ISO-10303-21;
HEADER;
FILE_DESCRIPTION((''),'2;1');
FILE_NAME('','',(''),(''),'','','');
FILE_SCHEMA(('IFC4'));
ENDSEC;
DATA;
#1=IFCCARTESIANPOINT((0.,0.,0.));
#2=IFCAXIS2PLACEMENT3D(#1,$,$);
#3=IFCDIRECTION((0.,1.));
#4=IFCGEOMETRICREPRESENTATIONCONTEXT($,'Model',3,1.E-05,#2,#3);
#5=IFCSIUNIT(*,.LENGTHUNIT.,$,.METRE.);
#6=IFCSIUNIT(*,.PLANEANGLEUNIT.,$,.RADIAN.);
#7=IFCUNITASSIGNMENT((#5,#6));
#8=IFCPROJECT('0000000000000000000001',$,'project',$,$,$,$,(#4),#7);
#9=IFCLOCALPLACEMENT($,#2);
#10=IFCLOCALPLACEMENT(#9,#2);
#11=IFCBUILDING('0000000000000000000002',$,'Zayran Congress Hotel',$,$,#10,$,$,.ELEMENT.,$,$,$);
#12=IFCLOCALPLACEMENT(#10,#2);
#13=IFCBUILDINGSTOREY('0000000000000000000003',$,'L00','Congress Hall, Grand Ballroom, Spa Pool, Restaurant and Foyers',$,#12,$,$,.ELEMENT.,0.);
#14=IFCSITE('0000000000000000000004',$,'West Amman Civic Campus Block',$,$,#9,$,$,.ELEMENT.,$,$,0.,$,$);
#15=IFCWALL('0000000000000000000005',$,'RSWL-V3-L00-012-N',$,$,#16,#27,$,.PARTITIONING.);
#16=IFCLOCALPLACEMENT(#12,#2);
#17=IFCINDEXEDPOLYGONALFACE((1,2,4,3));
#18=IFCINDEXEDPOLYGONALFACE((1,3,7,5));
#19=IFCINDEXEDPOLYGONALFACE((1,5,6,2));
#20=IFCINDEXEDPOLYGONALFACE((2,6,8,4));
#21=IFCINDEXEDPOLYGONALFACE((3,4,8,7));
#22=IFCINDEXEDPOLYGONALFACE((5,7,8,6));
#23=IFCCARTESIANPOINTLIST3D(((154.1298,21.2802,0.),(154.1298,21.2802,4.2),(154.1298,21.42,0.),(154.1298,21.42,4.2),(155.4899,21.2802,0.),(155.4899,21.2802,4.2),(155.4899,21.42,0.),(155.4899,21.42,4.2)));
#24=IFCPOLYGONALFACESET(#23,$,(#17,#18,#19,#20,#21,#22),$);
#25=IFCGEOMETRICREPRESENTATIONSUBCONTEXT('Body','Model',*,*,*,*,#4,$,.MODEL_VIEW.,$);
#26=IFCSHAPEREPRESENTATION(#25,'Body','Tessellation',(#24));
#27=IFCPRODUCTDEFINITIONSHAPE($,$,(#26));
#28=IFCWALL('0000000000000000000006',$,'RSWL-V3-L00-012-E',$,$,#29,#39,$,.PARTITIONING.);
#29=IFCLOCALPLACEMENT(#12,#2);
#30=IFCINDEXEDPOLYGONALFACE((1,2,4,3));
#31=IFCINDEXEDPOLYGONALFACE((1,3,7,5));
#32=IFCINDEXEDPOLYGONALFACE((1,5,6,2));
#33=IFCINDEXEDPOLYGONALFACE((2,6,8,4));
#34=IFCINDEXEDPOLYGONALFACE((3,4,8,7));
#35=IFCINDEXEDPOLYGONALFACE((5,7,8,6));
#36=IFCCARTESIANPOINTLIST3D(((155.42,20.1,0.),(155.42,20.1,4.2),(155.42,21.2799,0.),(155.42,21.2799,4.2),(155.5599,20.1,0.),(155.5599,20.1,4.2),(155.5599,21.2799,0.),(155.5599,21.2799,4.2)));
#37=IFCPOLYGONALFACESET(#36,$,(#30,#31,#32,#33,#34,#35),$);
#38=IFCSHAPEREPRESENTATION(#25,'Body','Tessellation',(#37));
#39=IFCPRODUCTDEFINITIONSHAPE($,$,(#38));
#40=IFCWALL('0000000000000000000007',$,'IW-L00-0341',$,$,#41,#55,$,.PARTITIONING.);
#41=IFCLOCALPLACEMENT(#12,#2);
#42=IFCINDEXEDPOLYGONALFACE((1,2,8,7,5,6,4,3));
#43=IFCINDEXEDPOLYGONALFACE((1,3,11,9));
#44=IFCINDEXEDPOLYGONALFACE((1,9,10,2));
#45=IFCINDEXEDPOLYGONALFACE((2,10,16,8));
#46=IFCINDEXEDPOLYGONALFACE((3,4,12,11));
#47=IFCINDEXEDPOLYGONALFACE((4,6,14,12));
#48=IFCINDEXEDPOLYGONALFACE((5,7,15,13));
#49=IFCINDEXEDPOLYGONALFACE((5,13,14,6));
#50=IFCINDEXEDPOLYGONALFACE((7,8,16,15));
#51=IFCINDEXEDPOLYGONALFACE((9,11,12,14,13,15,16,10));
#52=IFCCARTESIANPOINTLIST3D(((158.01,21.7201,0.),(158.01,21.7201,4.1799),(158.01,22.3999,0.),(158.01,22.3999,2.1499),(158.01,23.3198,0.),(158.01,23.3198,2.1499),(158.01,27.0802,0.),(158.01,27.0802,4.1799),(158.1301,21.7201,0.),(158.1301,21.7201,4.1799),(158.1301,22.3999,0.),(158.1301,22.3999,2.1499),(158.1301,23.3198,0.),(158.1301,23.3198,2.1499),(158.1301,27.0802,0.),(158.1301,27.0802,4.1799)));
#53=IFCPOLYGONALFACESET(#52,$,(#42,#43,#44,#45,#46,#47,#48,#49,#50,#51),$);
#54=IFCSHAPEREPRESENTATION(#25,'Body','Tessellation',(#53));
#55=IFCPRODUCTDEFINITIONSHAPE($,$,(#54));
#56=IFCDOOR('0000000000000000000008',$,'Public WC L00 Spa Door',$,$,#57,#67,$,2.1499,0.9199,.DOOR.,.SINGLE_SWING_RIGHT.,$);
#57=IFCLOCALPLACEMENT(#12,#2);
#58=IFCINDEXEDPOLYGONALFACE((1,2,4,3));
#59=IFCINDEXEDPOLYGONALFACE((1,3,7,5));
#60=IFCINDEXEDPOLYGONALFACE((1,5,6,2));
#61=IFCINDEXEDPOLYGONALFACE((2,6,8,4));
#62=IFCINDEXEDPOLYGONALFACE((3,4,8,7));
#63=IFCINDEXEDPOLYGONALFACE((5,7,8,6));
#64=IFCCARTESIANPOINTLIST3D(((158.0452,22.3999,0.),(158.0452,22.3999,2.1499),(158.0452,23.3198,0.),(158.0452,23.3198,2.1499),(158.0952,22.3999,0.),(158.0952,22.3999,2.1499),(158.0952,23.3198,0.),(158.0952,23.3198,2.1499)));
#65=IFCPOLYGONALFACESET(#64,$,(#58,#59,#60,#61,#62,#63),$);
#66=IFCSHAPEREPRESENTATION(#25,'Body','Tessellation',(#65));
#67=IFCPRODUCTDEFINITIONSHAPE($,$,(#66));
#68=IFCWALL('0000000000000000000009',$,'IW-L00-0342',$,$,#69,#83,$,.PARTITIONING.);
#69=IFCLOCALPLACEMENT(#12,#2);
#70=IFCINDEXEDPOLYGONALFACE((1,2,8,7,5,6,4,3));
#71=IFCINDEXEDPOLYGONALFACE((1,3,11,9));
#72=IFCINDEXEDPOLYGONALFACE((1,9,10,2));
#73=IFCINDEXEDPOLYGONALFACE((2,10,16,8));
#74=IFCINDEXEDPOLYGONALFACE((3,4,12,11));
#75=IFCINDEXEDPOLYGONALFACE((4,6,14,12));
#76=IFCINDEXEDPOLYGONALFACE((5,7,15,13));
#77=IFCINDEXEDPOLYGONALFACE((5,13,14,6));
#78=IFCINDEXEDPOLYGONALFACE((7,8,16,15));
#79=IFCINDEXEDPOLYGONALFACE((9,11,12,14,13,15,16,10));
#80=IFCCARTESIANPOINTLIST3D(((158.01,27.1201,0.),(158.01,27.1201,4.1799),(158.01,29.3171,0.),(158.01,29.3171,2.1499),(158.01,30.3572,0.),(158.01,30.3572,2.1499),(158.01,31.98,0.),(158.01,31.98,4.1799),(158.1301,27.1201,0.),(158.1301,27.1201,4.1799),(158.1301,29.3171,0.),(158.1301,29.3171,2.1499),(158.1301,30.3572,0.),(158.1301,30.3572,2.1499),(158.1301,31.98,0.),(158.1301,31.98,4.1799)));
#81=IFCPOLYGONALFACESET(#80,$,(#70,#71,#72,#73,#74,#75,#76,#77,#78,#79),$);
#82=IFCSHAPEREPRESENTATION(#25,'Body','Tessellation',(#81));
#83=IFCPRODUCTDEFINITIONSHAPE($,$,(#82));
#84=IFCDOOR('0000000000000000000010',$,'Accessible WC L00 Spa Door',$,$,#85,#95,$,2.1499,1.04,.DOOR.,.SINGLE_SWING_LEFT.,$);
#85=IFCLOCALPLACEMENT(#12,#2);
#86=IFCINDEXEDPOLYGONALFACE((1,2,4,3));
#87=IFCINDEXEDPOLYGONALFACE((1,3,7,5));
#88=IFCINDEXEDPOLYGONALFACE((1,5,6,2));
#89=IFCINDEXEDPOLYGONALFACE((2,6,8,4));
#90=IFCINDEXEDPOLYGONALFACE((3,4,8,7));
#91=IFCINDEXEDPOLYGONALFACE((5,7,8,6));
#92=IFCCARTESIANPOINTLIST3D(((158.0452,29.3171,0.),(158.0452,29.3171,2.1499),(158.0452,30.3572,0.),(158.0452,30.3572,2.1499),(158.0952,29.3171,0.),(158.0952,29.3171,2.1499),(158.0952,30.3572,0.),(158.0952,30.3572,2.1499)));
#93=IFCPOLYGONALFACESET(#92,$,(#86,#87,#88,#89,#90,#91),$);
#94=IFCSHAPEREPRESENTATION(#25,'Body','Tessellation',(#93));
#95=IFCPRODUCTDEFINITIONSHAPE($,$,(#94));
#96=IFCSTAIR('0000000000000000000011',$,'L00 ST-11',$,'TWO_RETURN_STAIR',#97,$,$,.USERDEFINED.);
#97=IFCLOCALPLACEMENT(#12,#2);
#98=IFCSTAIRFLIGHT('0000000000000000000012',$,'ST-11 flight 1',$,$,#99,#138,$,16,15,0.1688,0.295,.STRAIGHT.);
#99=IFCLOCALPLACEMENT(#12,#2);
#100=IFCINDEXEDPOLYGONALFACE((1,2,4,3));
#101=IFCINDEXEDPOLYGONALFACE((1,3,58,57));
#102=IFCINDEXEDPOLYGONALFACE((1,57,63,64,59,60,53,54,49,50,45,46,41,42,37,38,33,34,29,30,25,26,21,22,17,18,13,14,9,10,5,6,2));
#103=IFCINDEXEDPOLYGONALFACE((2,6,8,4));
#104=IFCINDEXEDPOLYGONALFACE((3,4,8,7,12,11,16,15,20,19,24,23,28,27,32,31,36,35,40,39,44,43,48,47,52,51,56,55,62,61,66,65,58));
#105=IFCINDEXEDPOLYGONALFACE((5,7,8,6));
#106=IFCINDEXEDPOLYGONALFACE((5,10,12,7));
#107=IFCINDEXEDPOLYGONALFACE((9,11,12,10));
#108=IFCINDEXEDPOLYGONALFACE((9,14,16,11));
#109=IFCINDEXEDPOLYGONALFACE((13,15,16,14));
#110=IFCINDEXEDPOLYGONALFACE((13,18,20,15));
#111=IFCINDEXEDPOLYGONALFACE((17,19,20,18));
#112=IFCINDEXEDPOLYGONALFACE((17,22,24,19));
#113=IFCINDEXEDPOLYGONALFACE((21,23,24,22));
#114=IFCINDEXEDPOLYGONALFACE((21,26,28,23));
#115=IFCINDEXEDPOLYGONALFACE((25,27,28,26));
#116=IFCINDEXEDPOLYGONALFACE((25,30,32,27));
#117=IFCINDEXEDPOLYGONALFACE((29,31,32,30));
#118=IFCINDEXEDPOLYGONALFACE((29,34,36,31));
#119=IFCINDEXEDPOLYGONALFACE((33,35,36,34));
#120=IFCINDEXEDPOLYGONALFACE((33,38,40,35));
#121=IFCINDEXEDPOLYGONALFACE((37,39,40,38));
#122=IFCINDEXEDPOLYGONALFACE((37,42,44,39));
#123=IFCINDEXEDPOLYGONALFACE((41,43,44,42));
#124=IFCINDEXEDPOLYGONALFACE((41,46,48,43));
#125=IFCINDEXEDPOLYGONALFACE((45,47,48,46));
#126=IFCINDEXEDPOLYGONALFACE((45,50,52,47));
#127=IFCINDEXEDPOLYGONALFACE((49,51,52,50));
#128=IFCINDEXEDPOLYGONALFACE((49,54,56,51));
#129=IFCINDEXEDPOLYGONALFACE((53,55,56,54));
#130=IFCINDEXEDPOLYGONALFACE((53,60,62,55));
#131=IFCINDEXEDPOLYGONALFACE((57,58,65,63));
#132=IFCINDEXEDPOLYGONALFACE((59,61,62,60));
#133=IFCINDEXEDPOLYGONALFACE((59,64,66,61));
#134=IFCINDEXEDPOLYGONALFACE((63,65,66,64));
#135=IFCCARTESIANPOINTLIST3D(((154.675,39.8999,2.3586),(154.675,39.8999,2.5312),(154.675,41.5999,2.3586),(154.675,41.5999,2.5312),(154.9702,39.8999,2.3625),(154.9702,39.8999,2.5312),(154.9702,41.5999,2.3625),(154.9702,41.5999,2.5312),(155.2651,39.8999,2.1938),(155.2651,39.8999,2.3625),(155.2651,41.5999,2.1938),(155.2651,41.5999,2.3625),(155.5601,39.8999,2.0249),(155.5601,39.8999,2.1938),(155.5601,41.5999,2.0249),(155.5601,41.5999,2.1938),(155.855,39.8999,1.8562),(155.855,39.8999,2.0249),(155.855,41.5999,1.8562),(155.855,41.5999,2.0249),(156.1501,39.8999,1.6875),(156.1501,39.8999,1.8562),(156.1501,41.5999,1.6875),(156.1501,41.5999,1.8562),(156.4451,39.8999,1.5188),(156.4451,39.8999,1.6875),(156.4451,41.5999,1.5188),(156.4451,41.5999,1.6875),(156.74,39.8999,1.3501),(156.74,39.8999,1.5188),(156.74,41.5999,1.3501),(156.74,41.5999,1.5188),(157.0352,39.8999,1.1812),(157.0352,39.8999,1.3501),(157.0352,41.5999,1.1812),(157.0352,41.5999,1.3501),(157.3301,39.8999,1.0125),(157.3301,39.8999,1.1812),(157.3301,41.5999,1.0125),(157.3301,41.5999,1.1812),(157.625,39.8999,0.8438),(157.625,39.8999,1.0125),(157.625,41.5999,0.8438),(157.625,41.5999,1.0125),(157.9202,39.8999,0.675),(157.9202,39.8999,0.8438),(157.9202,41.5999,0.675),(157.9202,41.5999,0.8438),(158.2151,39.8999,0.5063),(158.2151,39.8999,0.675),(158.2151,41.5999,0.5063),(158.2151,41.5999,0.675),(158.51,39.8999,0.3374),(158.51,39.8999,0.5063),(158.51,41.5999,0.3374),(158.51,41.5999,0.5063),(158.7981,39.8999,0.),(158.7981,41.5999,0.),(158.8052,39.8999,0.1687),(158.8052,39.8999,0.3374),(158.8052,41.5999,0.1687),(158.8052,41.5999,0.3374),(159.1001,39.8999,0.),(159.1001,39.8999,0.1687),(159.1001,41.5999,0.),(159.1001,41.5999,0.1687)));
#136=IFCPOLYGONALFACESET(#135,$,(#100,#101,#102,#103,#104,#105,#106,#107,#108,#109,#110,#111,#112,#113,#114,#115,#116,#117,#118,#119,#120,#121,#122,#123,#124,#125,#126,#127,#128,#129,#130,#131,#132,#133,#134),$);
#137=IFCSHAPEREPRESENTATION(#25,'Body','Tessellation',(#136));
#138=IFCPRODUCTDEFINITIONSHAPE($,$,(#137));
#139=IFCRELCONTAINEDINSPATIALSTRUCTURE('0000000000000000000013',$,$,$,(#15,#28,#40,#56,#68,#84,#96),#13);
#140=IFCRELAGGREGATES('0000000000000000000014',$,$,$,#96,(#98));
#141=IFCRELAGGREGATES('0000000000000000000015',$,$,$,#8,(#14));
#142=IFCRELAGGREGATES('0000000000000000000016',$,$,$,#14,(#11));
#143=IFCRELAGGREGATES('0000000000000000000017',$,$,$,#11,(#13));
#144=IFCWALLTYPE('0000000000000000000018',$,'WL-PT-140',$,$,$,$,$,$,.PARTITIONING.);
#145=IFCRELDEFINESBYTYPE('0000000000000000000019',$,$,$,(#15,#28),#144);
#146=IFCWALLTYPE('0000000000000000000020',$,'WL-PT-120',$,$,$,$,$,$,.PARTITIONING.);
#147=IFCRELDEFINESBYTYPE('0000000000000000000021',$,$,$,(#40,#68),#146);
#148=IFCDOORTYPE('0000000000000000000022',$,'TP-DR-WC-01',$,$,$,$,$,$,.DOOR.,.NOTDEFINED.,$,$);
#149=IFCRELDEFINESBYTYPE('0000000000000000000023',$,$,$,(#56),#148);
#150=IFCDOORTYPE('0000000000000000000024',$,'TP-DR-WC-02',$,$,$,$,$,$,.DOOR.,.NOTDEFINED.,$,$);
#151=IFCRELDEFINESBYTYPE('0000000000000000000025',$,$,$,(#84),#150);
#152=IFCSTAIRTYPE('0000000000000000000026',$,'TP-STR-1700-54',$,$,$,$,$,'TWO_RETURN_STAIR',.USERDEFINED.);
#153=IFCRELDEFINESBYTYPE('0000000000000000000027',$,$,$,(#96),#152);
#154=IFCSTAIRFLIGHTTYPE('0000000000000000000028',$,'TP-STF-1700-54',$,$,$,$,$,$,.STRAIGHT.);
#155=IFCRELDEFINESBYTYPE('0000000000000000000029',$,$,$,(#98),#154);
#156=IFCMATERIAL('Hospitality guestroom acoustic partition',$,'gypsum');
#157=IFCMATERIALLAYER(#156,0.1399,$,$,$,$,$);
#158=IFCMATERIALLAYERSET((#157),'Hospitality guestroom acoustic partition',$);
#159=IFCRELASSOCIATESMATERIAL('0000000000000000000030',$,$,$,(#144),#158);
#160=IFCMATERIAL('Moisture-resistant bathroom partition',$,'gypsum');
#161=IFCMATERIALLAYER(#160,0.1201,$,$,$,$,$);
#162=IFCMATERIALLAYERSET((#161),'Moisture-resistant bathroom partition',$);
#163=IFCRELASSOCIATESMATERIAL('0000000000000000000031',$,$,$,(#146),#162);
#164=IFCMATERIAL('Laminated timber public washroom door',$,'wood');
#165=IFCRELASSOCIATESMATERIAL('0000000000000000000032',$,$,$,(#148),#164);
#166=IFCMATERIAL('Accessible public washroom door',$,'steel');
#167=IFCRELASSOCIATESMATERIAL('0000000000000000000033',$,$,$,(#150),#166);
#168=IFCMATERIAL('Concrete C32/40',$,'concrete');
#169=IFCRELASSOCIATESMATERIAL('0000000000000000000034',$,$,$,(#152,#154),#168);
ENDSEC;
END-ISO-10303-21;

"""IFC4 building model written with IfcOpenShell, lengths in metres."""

from ifc_helpers import new_model, si_unit, direction, frame, frame_2d, origin, place, context, subcontext, project, spatial, polyline, rectangle, outline, extrude, material, layer, layer_set, type_object, element, fill, aggregate, save


model = new_model("IFC4")

# Units and contexts
model_context = context("Model", 3, precision=1e-05, world=origin(), true_north=direction((0.0, 1.0)))
body_context = subcontext(model_context, "Body", "Model", "MODEL_VIEW")
ifc_project = project(units=[si_unit("LENGTHUNIT", "METRE"), si_unit("PLANEANGLEUNIT", "RADIAN")], contexts=[model_context])

# Site, building, storey
site_placement = place(None, origin())
site = spatial("IfcSite", under=ifc_project, at=site_placement, Name="West Amman Civic Campus Block", CompositionType="ELEMENT", RefElevation=0.0)
building_placement = place(site_placement, origin())
building = spatial("IfcBuilding", under=site, at=building_placement, Name="Zayran Congress Hotel", CompositionType="ELEMENT")
storey_placement = place(building_placement, origin())
storey = spatial("IfcBuildingStorey", under=building, at=storey_placement, Name="L00", Description="Congress Hall, Grand Ballroom, Spa Pool, Restaurant and Foyers", CompositionType="ELEMENT", Elevation=0.0)

# Walls
ifc_material_1 = material(Name="Hospitality guestroom acoustic partition", Category="gypsum")
ifc_layer_1 = layer(ifc_material_1, 0.1399)
ifc_layer_set_1 = layer_set([ifc_layer_1], Name="Hospitality guestroom acoustic partition")
wall_type_1 = type_object("IfcWallType", Name="WL-PT-140", PredefinedType="PARTITIONING", material=ifc_layer_set_1)
wall_1_placement = place(storey_placement, frame((155.49, 21.3501, 0.0), z_axis=(0.0, 0.0, 1.0), x_axis=(-1.0, 0.0, 0.0)))
element("IfcWall", 1, at=wall_1_placement, inside=storey, type_object=wall_type_1, Name="RSWL-V3-L00-012-N", PredefinedType="PARTITIONING", context=body_context, shape_type="SweptSolid", body=[
    extrude(rectangle(XDim=1.3601, YDim=0.1399, at=frame_2d((0.6802, 0.0))), origin(), (0.0, 0.0, 1.0), 4.2),
])
wall_2_placement = place(storey_placement, frame((155.49, 20.1001, 0.0), z_axis=(0.0, 0.0, 1.0), x_axis=(0.0, 1.0, 0.0)))
element("IfcWall", 2, at=wall_2_placement, inside=storey, type_object=wall_type_1, Name="RSWL-V3-L00-012-E", PredefinedType="PARTITIONING", context=body_context, shape_type="SweptSolid", body=[
    extrude(rectangle(XDim=1.1799, YDim=0.1399, at=frame_2d((0.5898, 0.0))), origin(), (0.0, 0.0, 1.0), 4.2),
])

# Walls, openings, doors
ifc_material_2 = material(Name="Moisture-resistant bathroom partition", Category="gypsum")
ifc_layer_2 = layer(ifc_material_2, 0.1201)
ifc_layer_set_2 = layer_set([ifc_layer_2], Name="Moisture-resistant bathroom partition")
wall_type_2 = type_object("IfcWallType", Name="WL-PT-120", PredefinedType="PARTITIONING", material=ifc_layer_set_2)
wall_3_placement = place(storey_placement, frame((158.0701, 21.72, 0.0), z_axis=(0.0, 0.0, 1.0), x_axis=(0.0, 1.0, 0.0)))
wall_3 = element("IfcWall", 3, at=wall_3_placement, inside=storey, type_object=wall_type_2, Name="IW-L00-0341", PredefinedType="PARTITIONING", context=body_context, shape_type="SweptSolid", body=[
    extrude(rectangle(XDim=5.3601, YDim=0.1201, at=frame_2d((2.6802, 0.0))), origin(), (0.0, 0.0, 1.0), 4.1799),
])
opening_1_placement = place(wall_3_placement, frame((0.6799, 0.0, 0.0)))
opening_1 = element("IfcOpeningElement", 4, at=opening_1_placement, cuts=wall_3, PredefinedType="OPENING", context=body_context, shape_type="SweptSolid", body=[
    extrude(rectangle(XDim=0.9199, YDim=2.1499, at=frame_2d((0.46, 1.075))), frame((0.0, 0.0701, 0.0), z_axis=(0.0, -1.0, 0.0), x_axis=(1.0, 0.0, 0.0)), (0.0, 0.0, 1.0), 0.1401),
])
ifc_material_3 = material(Name="Laminated timber public washroom door", Category="wood")
door_type_1 = type_object("IfcDoorType", Name="TP-DR-WC-01", OperationType="NOTDEFINED", PredefinedType="DOOR", material=ifc_material_3)
door_1_placement = place(opening_1_placement, origin())
door_1 = element("IfcDoor", 5, at=door_1_placement, inside=storey, type_object=door_type_1, Name="Public WC L00 Spa Door", OperationType="SINGLE_SWING_RIGHT", OverallHeight=2.1499, OverallWidth=0.9199, PredefinedType="DOOR", context=body_context, shape_type="SweptSolid", body=[
    extrude(rectangle(XDim=0.9199, YDim=2.1499, at=frame_2d((0.46, 1.075))), frame((0.0, 0.0249, 0.0), z_axis=(0.0, -1.0, 0.0), x_axis=(1.0, 0.0, 0.0)), (0.0, 0.0, 1.0), 0.05),
])
fill(opening_1, door_1)
wall_4_placement = place(storey_placement, frame((158.0701, 27.1201, 0.0), z_axis=(0.0, 0.0, 1.0), x_axis=(0.0, 1.0, 0.0)))
wall_4 = element("IfcWall", 6, at=wall_4_placement, inside=storey, type_object=wall_type_2, Name="IW-L00-0342", PredefinedType="PARTITIONING", context=body_context, shape_type="SweptSolid", body=[
    extrude(rectangle(XDim=4.8599, YDim=0.1201, at=frame_2d((2.4299, 0.0))), origin(), (0.0, 0.0, 1.0), 4.1799),
])
opening_2_placement = place(wall_4_placement, frame((2.197, 0.0, 0.0)))
opening_2 = element("IfcOpeningElement", 7, at=opening_2_placement, cuts=wall_4, PredefinedType="OPENING", context=body_context, shape_type="SweptSolid", body=[
    extrude(rectangle(XDim=1.04, YDim=2.1499, at=frame_2d((0.52, 1.075))), frame((0.0, 0.0701, 0.0), z_axis=(0.0, -1.0, 0.0), x_axis=(1.0, 0.0, 0.0)), (0.0, 0.0, 1.0), 0.1401),
])
ifc_material_4 = material(Name="Accessible public washroom door", Category="steel")
door_type_2 = type_object("IfcDoorType", Name="TP-DR-WC-02", OperationType="NOTDEFINED", PredefinedType="DOOR", material=ifc_material_4)
door_2_placement = place(opening_2_placement, origin())
door_2 = element("IfcDoor", 8, at=door_2_placement, inside=storey, type_object=door_type_2, Name="Accessible WC L00 Spa Door", OperationType="SINGLE_SWING_LEFT", OverallHeight=2.1499, OverallWidth=1.04, PredefinedType="DOOR", context=body_context, shape_type="SweptSolid", body=[
    extrude(rectangle(XDim=1.04, YDim=2.1499, at=frame_2d((0.52, 1.075))), frame((0.0, 0.0249, 0.0), z_axis=(0.0, -1.0, 0.0), x_axis=(1.0, 0.0, 0.0)), (0.0, 0.0, 1.0), 0.05),
])
fill(opening_2, door_2)

# Stair, stair flight
ifc_material_5 = material(Name="Concrete C32/40", Category="concrete")
stair_type = type_object("IfcStairType", Name="TP-STR-1700-54", ElementType="TWO_RETURN_STAIR", PredefinedType="USERDEFINED", material=ifc_material_5)
stair_placement = place(storey_placement, origin())
stair = element("IfcStair", 9, at=stair_placement, inside=storey, type_object=stair_type, Name="L00 ST-11", ObjectType="TWO_RETURN_STAIR", PredefinedType="USERDEFINED")
stair_flight_type = type_object("IfcStairFlightType", Name="TP-STF-1700-54", PredefinedType="STRAIGHT", material=ifc_material_5)
stair_flight_placement = place(storey_placement, frame((159.1001, 40.75, 0.0), z_axis=(0.0, 0.0, 1.0), x_axis=(-1.0, 0.0, 0.0)))
stair_flight = element("IfcStairFlight", 10, at=stair_flight_placement, type_object=stair_flight_type, Name="ST-11 flight 1", NumberOfRisers=16, NumberOfTreads=15, PredefinedType="STRAIGHT", RiserHeight=0.1688, TreadLength=0.295, context=body_context, shape_type="SweptSolid", body=[
    extrude(outline(polyline([(0.0, 0.0), (0.0, 0.1687), (0.2949, 0.1687), (0.2949, 0.3374), (0.5901, 0.3374), (0.5901, 0.5063), (0.885, 0.5063), (0.885, 0.675), (1.1799, 0.675), (1.1799, 0.8438), (1.4751, 0.8438), (1.4751, 1.0125), (1.77, 1.0125), (1.77, 1.1812), (2.0649, 1.1812), (2.0649, 1.3501), (2.3601, 1.3501), (2.3601, 1.5188), (2.655, 1.5188), (2.655, 1.6875), (2.95, 1.6875), (2.95, 1.8562), (3.2451, 1.8562), (3.2451, 2.0249), (3.54, 2.0249), (3.54, 2.1938), (3.835, 2.1938), (3.835, 2.3625), (4.1299, 2.3625), (4.1299, 2.5312), (4.425, 2.5312), (4.425, 2.7), (4.425, 2.3586), (0.302, 0.0), (0.0, 0.0)])), frame((0.0, 0.8501, 0.0), z_axis=(0.0, -1.0, 0.0), x_axis=(1.0, 0.0, 0.0)), (0.0, 0.0, 1.0), 1.7),
])
aggregate(stair, [stair_flight])

save(model, "model.ifc")
